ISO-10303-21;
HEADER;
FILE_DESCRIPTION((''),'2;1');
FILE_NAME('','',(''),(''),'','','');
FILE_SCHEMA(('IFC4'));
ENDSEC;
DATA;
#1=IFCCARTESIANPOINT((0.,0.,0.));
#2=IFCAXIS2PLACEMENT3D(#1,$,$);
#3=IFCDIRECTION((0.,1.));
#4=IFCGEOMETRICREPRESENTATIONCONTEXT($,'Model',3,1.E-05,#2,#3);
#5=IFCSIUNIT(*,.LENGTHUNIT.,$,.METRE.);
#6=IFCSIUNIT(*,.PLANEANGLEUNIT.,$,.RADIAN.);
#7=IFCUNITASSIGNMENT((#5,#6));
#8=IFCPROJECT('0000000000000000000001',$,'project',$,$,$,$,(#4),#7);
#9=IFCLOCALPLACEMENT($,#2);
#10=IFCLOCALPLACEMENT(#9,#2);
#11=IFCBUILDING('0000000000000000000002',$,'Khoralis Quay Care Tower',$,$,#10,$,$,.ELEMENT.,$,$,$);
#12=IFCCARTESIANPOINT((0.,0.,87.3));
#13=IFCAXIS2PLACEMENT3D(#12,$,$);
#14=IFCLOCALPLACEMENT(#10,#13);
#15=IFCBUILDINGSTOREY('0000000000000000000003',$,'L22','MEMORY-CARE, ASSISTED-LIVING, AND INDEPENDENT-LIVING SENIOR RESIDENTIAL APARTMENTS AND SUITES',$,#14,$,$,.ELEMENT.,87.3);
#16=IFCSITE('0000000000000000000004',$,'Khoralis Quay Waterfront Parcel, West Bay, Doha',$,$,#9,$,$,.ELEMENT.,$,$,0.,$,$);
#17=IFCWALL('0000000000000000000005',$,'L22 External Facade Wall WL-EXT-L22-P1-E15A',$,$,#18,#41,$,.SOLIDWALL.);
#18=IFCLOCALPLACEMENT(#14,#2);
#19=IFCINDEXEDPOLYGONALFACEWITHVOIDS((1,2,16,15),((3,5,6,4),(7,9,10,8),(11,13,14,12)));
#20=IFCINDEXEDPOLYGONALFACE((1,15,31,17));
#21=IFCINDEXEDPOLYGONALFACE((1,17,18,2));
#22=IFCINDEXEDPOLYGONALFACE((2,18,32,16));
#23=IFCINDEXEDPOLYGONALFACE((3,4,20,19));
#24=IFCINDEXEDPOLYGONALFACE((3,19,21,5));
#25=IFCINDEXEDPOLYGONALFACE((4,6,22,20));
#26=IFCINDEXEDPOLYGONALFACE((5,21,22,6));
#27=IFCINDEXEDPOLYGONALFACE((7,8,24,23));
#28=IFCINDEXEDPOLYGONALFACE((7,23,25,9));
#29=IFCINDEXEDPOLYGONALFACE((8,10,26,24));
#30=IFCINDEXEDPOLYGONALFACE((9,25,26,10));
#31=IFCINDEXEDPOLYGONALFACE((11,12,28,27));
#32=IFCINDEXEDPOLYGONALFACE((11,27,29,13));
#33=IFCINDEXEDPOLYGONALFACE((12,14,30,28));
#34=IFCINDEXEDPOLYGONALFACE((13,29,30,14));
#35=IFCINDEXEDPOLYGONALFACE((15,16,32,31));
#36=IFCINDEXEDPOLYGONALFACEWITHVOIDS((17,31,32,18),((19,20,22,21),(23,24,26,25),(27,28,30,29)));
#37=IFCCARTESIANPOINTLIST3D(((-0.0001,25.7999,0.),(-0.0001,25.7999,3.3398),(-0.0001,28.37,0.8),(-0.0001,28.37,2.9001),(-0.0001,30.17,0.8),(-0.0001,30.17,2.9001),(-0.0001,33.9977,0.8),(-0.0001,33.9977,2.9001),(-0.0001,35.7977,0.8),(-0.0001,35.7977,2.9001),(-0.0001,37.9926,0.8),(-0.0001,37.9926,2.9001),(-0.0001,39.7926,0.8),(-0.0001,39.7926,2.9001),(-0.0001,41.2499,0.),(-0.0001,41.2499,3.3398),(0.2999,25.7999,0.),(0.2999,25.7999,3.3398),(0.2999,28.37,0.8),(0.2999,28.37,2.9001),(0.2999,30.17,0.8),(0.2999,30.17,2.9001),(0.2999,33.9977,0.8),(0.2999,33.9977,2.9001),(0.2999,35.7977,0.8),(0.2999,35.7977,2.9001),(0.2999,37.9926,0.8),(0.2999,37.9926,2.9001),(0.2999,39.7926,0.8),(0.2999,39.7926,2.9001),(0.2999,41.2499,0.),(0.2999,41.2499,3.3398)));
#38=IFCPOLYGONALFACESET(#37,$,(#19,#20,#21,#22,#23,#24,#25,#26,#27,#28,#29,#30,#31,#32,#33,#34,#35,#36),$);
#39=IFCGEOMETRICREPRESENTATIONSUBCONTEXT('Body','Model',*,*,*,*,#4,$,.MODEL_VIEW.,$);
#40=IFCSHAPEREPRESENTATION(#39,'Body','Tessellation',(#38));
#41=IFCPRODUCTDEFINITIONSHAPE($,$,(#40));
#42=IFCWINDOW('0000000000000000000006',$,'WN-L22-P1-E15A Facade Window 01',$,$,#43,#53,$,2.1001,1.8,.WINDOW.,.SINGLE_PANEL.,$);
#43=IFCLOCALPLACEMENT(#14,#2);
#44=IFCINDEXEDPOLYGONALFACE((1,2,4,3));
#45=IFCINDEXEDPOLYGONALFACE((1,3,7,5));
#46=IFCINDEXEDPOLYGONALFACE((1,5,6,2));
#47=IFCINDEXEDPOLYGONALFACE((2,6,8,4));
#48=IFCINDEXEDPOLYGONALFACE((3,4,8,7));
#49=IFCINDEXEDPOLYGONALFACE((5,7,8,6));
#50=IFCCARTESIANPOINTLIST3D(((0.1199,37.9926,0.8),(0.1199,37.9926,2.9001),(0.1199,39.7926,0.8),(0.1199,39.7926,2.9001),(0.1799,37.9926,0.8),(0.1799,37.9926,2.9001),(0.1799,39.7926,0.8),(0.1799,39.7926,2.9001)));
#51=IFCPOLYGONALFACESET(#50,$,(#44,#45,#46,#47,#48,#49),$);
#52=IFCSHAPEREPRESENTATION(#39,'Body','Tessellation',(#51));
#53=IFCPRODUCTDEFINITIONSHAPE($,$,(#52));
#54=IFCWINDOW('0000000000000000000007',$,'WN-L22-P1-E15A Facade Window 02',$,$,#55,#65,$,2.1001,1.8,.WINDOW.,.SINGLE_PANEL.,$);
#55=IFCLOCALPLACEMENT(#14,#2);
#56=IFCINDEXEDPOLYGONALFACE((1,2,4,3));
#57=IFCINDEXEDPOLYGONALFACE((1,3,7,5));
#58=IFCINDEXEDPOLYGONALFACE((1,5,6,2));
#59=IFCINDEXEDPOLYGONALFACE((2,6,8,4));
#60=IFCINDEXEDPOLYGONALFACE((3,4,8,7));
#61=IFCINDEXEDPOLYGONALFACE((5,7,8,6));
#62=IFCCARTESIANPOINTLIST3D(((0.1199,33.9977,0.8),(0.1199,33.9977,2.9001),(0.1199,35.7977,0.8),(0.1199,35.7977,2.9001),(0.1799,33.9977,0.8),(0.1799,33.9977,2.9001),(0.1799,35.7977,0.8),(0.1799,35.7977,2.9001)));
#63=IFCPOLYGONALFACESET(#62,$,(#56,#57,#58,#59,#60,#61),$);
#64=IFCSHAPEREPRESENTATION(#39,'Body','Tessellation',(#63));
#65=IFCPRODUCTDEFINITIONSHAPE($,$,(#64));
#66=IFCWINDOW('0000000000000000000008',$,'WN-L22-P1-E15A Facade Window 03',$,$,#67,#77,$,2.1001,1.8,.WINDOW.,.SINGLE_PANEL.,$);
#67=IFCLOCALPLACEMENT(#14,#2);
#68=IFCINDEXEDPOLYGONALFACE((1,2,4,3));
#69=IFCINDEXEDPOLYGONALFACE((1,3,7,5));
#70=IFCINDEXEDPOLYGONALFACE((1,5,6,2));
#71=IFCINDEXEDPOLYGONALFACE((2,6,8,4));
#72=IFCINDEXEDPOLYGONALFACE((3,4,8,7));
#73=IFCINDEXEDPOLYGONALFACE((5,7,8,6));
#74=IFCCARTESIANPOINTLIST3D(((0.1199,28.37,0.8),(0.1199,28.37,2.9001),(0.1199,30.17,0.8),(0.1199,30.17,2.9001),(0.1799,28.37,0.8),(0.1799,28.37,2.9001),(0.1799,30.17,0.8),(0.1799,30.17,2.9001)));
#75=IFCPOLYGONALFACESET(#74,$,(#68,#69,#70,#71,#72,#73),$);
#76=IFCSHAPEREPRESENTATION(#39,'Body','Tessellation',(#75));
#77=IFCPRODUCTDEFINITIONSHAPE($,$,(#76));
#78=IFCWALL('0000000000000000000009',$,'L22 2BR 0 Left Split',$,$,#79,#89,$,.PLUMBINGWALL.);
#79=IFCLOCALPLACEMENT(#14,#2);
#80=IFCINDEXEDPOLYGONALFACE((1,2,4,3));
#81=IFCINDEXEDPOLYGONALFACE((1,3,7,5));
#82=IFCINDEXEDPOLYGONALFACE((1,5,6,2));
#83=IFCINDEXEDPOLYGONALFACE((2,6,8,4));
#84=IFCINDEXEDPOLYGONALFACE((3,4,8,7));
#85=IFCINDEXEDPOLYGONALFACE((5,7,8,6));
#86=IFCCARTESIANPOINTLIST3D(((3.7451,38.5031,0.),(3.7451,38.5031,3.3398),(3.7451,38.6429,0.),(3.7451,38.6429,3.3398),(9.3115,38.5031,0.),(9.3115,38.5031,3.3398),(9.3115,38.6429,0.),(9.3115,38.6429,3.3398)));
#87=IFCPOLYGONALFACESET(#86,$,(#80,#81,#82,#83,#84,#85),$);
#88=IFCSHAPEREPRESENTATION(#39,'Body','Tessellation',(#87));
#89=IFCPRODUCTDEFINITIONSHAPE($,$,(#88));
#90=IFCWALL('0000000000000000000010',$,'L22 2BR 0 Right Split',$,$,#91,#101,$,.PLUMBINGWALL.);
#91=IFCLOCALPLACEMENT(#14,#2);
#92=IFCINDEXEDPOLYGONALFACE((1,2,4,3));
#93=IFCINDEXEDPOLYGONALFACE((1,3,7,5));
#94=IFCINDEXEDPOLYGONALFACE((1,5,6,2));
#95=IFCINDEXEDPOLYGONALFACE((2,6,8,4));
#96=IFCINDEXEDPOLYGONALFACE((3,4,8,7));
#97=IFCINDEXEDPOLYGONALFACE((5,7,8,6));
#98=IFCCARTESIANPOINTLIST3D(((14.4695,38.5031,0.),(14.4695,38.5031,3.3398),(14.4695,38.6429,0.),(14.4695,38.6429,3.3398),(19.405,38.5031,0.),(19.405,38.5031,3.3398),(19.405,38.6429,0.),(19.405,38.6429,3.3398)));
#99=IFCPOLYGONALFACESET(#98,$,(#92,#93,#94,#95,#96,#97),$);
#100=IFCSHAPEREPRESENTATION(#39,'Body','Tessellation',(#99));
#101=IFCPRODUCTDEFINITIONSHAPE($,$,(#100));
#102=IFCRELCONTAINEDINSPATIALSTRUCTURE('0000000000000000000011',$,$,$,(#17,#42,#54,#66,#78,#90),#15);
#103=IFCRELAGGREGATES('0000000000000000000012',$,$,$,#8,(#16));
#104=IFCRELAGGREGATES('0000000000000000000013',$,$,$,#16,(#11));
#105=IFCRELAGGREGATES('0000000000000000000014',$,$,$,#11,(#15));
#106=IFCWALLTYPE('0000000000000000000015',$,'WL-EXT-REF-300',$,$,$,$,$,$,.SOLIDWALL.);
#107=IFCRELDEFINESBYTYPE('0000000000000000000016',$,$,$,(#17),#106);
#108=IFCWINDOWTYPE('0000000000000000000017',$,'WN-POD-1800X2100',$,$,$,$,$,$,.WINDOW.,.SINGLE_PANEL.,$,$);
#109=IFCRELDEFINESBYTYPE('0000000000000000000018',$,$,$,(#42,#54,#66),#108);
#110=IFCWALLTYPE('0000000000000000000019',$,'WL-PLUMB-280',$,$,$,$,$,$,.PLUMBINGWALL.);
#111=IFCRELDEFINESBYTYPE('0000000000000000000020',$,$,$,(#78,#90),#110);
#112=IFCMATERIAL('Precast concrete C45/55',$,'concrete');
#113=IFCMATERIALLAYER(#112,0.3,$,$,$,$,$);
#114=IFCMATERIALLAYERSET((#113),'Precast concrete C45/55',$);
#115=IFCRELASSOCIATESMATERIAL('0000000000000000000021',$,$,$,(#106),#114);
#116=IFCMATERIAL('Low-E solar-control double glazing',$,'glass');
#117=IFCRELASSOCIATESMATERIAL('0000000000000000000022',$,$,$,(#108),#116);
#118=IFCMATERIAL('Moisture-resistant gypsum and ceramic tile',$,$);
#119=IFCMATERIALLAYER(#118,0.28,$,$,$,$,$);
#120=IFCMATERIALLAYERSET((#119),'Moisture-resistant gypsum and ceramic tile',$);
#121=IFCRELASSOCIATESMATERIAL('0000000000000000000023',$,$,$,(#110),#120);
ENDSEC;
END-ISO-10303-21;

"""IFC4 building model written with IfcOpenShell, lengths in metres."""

from ifc_helpers import new_model, si_unit, direction, frame, frame_2d, origin, place, context, subcontext, project, spatial, rectangle, extrude, source, transform, mapped, material, layer, layer_set, type_object, element, fill, save


model = new_model("IFC4")

# Units and contexts
model_context = context("Model", 3, precision=1e-05, world=origin(), true_north=direction((0.0, 1.0)))
body_context = subcontext(model_context, "Body", "Model", "MODEL_VIEW")
ifc_project = project(units=[si_unit("LENGTHUNIT", "METRE"), si_unit("PLANEANGLEUNIT", "RADIAN")], contexts=[model_context])

# Site, building, storey
site_placement = place(None, origin())
site = spatial("IfcSite", under=ifc_project, at=site_placement, Name="Khoralis Quay Waterfront Parcel, West Bay, Doha", CompositionType="ELEMENT", RefElevation=0.0)
building_placement = place(site_placement, origin())
building = spatial("IfcBuilding", under=site, at=building_placement, Name="Khoralis Quay Care Tower", CompositionType="ELEMENT")
storey_placement = place(building_placement, frame((0.0, 0.0, 87.3)))
storey = spatial("IfcBuildingStorey", under=building, at=storey_placement, Name="L22", Description="MEMORY-CARE, ASSISTED-LIVING, AND INDEPENDENT-LIVING SENIOR RESIDENTIAL APARTMENTS AND SUITES", CompositionType="ELEMENT", Elevation=87.3)

# Shared definitions
ifc_material_1 = material(Name="Precast concrete C45/55", Category="concrete")
ifc_layer_1 = layer(ifc_material_1, 0.3)
ifc_layer_set_1 = layer_set([ifc_layer_1], Name="Precast concrete C45/55")
wall_type_1 = type_object("IfcWallType", Name="WL-EXT-REF-300", PredefinedType="SOLIDWALL", material=ifc_layer_set_1)

# Wall, openings, windows
wall_1_placement = place(storey_placement, frame((0.1499, 41.25, 0.0), z_axis=(0.0, 0.0, 1.0), x_axis=(0.0, -1.0, 0.0)))
wall_1 = element("IfcWall", 1, at=wall_1_placement, inside=storey, type_object=wall_type_1, Name="L22 External Facade Wall WL-EXT-L22-P1-E15A", PredefinedType="SOLIDWALL", context=body_context, shape_type="SweptSolid", body=[
    extrude(rectangle(XDim=15.45, YDim=0.3, at=frame_2d((7.7251, 0.0))), origin(), (0.0, 0.0, 1.0), 3.3398),
])
opening_1_placement = place(wall_1_placement, frame((1.4575, 0.0, 0.8)))
opening_1 = element("IfcOpeningElement", 2, at=opening_1_placement, cuts=wall_1, PredefinedType="OPENING", context=body_context, shape_type="SweptSolid", body=[
    extrude(rectangle(XDim=1.8, YDim=2.1001, at=frame_2d((0.8999, 1.05))), frame((0.0, 0.1602, 0.0), z_axis=(0.0, -1.0, 0.0), x_axis=(1.0, 0.0, 0.0)), (0.0, 0.0, 1.0), 0.3201),
])
opening_2_placement = place(wall_1_placement, frame((5.4524, 0.0, 0.8)))
opening_2 = element("IfcOpeningElement", 3, at=opening_2_placement, cuts=wall_1, PredefinedType="OPENING", context=body_context, shape_type="SweptSolid", body=[
    extrude(rectangle(XDim=1.8, YDim=2.1001, at=frame_2d((0.8999, 1.05))), frame((0.0, 0.1602, 0.0), z_axis=(0.0, -1.0, 0.0), x_axis=(1.0, 0.0, 0.0)), (0.0, 0.0, 1.0), 0.3201),
])
opening_3_placement = place(wall_1_placement, frame((11.0801, 0.0, 0.8)))
opening_3 = element("IfcOpeningElement", 4, at=opening_3_placement, cuts=wall_1, PredefinedType="OPENING", context=body_context, shape_type="SweptSolid", body=[
    extrude(rectangle(XDim=1.8, YDim=2.1001, at=frame_2d((0.8999, 1.05))), frame((0.0, 0.1602, 0.0), z_axis=(0.0, -1.0, 0.0), x_axis=(1.0, 0.0, 0.0)), (0.0, 0.0, 1.0), 0.3201),
])
ifc_material_2 = material(Name="Low-E solar-control double glazing", Category="glass")
window_type = type_object("IfcWindowType", Name="WN-POD-1800X2100", PartitioningType="SINGLE_PANEL", PredefinedType="WINDOW", material=ifc_material_2)
shared_shape_1 = source(origin(), body_context, "Body", "SweptSolid", [
    extrude(rectangle(XDim=1.8, YDim=2.1001, at=frame_2d((0.8999, 1.05))), frame((0.0, 0.03, 0.0), z_axis=(0.0, -1.0, 0.0), x_axis=(1.0, 0.0, 0.0)), (0.0, 0.0, 1.0), 0.0601),
])
window_1_placement = place(opening_1_placement, origin())
window_1 = element("IfcWindow", 5, at=window_1_placement, inside=storey, type_object=window_type, Name="WN-L22-P1-E15A Facade Window 01", OverallHeight=2.1001, OverallWidth=1.8, PartitioningType="SINGLE_PANEL", PredefinedType="WINDOW", context=body_context, shape_type="MappedRepresentation", body=[
    mapped(shared_shape_1, transform((0.0, 0.0, 0.0), scale=1.0)),
])
fill(opening_1, window_1)
window_2_placement = place(opening_2_placement, origin())
window_2 = element("IfcWindow", 6, at=window_2_placement, inside=storey, type_object=window_type, Name="WN-L22-P1-E15A Facade Window 02", OverallHeight=2.1001, OverallWidth=1.8, PartitioningType="SINGLE_PANEL", PredefinedType="WINDOW", context=body_context, shape_type="MappedRepresentation", body=[
    mapped(shared_shape_1, transform((0.0, 0.0, 0.0), scale=1.0)),
])
fill(opening_2, window_2)
window_3_placement = place(opening_3_placement, origin())
window_3 = element("IfcWindow", 7, at=window_3_placement, inside=storey, type_object=window_type, Name="WN-L22-P1-E15A Facade Window 03", OverallHeight=2.1001, OverallWidth=1.8, PartitioningType="SINGLE_PANEL", PredefinedType="WINDOW", context=body_context, shape_type="MappedRepresentation", body=[
    mapped(shared_shape_1, transform((0.0, 0.0, 0.0), scale=1.0)),
])
fill(opening_3, window_3)

# Walls
ifc_material_3 = material(Name="Moisture-resistant gypsum and ceramic tile")
ifc_layer_2 = layer(ifc_material_3, 0.28)
ifc_layer_set_2 = layer_set([ifc_layer_2], Name="Moisture-resistant gypsum and ceramic tile")
wall_type_2 = type_object("IfcWallType", Name="WL-PLUMB-280", PredefinedType="PLUMBINGWALL", material=ifc_layer_set_2)
wall_2_placement = place(storey_placement, frame((3.7451, 38.573, 0.0), z_axis=(0.0, 0.0, 1.0), x_axis=(1.0, 0.0, 0.0)))
element("IfcWall", 8, at=wall_2_placement, inside=storey, type_object=wall_type_2, Name="L22 2BR 0 Left Split", PredefinedType="PLUMBINGWALL", context=body_context, shape_type="SweptSolid", body=[
    extrude(rectangle(XDim=5.5664, YDim=0.1399, at=frame_2d((2.7832, 0.0))), origin(), (0.0, 0.0, 1.0), 3.3398),
])
wall_3_placement = place(storey_placement, frame((14.4695, 38.573, 0.0), z_axis=(0.0, 0.0, 1.0), x_axis=(1.0, 0.0, 0.0)))
element("IfcWall", 9, at=wall_3_placement, inside=storey, type_object=wall_type_2, Name="L22 2BR 0 Right Split", PredefinedType="PLUMBINGWALL", context=body_context, shape_type="SweptSolid", body=[
    extrude(rectangle(XDim=4.9355, YDim=0.1399, at=frame_2d((2.4678, 0.0))), origin(), (0.0, 0.0, 1.0), 3.3398),
])

save(model, "model.ifc")
